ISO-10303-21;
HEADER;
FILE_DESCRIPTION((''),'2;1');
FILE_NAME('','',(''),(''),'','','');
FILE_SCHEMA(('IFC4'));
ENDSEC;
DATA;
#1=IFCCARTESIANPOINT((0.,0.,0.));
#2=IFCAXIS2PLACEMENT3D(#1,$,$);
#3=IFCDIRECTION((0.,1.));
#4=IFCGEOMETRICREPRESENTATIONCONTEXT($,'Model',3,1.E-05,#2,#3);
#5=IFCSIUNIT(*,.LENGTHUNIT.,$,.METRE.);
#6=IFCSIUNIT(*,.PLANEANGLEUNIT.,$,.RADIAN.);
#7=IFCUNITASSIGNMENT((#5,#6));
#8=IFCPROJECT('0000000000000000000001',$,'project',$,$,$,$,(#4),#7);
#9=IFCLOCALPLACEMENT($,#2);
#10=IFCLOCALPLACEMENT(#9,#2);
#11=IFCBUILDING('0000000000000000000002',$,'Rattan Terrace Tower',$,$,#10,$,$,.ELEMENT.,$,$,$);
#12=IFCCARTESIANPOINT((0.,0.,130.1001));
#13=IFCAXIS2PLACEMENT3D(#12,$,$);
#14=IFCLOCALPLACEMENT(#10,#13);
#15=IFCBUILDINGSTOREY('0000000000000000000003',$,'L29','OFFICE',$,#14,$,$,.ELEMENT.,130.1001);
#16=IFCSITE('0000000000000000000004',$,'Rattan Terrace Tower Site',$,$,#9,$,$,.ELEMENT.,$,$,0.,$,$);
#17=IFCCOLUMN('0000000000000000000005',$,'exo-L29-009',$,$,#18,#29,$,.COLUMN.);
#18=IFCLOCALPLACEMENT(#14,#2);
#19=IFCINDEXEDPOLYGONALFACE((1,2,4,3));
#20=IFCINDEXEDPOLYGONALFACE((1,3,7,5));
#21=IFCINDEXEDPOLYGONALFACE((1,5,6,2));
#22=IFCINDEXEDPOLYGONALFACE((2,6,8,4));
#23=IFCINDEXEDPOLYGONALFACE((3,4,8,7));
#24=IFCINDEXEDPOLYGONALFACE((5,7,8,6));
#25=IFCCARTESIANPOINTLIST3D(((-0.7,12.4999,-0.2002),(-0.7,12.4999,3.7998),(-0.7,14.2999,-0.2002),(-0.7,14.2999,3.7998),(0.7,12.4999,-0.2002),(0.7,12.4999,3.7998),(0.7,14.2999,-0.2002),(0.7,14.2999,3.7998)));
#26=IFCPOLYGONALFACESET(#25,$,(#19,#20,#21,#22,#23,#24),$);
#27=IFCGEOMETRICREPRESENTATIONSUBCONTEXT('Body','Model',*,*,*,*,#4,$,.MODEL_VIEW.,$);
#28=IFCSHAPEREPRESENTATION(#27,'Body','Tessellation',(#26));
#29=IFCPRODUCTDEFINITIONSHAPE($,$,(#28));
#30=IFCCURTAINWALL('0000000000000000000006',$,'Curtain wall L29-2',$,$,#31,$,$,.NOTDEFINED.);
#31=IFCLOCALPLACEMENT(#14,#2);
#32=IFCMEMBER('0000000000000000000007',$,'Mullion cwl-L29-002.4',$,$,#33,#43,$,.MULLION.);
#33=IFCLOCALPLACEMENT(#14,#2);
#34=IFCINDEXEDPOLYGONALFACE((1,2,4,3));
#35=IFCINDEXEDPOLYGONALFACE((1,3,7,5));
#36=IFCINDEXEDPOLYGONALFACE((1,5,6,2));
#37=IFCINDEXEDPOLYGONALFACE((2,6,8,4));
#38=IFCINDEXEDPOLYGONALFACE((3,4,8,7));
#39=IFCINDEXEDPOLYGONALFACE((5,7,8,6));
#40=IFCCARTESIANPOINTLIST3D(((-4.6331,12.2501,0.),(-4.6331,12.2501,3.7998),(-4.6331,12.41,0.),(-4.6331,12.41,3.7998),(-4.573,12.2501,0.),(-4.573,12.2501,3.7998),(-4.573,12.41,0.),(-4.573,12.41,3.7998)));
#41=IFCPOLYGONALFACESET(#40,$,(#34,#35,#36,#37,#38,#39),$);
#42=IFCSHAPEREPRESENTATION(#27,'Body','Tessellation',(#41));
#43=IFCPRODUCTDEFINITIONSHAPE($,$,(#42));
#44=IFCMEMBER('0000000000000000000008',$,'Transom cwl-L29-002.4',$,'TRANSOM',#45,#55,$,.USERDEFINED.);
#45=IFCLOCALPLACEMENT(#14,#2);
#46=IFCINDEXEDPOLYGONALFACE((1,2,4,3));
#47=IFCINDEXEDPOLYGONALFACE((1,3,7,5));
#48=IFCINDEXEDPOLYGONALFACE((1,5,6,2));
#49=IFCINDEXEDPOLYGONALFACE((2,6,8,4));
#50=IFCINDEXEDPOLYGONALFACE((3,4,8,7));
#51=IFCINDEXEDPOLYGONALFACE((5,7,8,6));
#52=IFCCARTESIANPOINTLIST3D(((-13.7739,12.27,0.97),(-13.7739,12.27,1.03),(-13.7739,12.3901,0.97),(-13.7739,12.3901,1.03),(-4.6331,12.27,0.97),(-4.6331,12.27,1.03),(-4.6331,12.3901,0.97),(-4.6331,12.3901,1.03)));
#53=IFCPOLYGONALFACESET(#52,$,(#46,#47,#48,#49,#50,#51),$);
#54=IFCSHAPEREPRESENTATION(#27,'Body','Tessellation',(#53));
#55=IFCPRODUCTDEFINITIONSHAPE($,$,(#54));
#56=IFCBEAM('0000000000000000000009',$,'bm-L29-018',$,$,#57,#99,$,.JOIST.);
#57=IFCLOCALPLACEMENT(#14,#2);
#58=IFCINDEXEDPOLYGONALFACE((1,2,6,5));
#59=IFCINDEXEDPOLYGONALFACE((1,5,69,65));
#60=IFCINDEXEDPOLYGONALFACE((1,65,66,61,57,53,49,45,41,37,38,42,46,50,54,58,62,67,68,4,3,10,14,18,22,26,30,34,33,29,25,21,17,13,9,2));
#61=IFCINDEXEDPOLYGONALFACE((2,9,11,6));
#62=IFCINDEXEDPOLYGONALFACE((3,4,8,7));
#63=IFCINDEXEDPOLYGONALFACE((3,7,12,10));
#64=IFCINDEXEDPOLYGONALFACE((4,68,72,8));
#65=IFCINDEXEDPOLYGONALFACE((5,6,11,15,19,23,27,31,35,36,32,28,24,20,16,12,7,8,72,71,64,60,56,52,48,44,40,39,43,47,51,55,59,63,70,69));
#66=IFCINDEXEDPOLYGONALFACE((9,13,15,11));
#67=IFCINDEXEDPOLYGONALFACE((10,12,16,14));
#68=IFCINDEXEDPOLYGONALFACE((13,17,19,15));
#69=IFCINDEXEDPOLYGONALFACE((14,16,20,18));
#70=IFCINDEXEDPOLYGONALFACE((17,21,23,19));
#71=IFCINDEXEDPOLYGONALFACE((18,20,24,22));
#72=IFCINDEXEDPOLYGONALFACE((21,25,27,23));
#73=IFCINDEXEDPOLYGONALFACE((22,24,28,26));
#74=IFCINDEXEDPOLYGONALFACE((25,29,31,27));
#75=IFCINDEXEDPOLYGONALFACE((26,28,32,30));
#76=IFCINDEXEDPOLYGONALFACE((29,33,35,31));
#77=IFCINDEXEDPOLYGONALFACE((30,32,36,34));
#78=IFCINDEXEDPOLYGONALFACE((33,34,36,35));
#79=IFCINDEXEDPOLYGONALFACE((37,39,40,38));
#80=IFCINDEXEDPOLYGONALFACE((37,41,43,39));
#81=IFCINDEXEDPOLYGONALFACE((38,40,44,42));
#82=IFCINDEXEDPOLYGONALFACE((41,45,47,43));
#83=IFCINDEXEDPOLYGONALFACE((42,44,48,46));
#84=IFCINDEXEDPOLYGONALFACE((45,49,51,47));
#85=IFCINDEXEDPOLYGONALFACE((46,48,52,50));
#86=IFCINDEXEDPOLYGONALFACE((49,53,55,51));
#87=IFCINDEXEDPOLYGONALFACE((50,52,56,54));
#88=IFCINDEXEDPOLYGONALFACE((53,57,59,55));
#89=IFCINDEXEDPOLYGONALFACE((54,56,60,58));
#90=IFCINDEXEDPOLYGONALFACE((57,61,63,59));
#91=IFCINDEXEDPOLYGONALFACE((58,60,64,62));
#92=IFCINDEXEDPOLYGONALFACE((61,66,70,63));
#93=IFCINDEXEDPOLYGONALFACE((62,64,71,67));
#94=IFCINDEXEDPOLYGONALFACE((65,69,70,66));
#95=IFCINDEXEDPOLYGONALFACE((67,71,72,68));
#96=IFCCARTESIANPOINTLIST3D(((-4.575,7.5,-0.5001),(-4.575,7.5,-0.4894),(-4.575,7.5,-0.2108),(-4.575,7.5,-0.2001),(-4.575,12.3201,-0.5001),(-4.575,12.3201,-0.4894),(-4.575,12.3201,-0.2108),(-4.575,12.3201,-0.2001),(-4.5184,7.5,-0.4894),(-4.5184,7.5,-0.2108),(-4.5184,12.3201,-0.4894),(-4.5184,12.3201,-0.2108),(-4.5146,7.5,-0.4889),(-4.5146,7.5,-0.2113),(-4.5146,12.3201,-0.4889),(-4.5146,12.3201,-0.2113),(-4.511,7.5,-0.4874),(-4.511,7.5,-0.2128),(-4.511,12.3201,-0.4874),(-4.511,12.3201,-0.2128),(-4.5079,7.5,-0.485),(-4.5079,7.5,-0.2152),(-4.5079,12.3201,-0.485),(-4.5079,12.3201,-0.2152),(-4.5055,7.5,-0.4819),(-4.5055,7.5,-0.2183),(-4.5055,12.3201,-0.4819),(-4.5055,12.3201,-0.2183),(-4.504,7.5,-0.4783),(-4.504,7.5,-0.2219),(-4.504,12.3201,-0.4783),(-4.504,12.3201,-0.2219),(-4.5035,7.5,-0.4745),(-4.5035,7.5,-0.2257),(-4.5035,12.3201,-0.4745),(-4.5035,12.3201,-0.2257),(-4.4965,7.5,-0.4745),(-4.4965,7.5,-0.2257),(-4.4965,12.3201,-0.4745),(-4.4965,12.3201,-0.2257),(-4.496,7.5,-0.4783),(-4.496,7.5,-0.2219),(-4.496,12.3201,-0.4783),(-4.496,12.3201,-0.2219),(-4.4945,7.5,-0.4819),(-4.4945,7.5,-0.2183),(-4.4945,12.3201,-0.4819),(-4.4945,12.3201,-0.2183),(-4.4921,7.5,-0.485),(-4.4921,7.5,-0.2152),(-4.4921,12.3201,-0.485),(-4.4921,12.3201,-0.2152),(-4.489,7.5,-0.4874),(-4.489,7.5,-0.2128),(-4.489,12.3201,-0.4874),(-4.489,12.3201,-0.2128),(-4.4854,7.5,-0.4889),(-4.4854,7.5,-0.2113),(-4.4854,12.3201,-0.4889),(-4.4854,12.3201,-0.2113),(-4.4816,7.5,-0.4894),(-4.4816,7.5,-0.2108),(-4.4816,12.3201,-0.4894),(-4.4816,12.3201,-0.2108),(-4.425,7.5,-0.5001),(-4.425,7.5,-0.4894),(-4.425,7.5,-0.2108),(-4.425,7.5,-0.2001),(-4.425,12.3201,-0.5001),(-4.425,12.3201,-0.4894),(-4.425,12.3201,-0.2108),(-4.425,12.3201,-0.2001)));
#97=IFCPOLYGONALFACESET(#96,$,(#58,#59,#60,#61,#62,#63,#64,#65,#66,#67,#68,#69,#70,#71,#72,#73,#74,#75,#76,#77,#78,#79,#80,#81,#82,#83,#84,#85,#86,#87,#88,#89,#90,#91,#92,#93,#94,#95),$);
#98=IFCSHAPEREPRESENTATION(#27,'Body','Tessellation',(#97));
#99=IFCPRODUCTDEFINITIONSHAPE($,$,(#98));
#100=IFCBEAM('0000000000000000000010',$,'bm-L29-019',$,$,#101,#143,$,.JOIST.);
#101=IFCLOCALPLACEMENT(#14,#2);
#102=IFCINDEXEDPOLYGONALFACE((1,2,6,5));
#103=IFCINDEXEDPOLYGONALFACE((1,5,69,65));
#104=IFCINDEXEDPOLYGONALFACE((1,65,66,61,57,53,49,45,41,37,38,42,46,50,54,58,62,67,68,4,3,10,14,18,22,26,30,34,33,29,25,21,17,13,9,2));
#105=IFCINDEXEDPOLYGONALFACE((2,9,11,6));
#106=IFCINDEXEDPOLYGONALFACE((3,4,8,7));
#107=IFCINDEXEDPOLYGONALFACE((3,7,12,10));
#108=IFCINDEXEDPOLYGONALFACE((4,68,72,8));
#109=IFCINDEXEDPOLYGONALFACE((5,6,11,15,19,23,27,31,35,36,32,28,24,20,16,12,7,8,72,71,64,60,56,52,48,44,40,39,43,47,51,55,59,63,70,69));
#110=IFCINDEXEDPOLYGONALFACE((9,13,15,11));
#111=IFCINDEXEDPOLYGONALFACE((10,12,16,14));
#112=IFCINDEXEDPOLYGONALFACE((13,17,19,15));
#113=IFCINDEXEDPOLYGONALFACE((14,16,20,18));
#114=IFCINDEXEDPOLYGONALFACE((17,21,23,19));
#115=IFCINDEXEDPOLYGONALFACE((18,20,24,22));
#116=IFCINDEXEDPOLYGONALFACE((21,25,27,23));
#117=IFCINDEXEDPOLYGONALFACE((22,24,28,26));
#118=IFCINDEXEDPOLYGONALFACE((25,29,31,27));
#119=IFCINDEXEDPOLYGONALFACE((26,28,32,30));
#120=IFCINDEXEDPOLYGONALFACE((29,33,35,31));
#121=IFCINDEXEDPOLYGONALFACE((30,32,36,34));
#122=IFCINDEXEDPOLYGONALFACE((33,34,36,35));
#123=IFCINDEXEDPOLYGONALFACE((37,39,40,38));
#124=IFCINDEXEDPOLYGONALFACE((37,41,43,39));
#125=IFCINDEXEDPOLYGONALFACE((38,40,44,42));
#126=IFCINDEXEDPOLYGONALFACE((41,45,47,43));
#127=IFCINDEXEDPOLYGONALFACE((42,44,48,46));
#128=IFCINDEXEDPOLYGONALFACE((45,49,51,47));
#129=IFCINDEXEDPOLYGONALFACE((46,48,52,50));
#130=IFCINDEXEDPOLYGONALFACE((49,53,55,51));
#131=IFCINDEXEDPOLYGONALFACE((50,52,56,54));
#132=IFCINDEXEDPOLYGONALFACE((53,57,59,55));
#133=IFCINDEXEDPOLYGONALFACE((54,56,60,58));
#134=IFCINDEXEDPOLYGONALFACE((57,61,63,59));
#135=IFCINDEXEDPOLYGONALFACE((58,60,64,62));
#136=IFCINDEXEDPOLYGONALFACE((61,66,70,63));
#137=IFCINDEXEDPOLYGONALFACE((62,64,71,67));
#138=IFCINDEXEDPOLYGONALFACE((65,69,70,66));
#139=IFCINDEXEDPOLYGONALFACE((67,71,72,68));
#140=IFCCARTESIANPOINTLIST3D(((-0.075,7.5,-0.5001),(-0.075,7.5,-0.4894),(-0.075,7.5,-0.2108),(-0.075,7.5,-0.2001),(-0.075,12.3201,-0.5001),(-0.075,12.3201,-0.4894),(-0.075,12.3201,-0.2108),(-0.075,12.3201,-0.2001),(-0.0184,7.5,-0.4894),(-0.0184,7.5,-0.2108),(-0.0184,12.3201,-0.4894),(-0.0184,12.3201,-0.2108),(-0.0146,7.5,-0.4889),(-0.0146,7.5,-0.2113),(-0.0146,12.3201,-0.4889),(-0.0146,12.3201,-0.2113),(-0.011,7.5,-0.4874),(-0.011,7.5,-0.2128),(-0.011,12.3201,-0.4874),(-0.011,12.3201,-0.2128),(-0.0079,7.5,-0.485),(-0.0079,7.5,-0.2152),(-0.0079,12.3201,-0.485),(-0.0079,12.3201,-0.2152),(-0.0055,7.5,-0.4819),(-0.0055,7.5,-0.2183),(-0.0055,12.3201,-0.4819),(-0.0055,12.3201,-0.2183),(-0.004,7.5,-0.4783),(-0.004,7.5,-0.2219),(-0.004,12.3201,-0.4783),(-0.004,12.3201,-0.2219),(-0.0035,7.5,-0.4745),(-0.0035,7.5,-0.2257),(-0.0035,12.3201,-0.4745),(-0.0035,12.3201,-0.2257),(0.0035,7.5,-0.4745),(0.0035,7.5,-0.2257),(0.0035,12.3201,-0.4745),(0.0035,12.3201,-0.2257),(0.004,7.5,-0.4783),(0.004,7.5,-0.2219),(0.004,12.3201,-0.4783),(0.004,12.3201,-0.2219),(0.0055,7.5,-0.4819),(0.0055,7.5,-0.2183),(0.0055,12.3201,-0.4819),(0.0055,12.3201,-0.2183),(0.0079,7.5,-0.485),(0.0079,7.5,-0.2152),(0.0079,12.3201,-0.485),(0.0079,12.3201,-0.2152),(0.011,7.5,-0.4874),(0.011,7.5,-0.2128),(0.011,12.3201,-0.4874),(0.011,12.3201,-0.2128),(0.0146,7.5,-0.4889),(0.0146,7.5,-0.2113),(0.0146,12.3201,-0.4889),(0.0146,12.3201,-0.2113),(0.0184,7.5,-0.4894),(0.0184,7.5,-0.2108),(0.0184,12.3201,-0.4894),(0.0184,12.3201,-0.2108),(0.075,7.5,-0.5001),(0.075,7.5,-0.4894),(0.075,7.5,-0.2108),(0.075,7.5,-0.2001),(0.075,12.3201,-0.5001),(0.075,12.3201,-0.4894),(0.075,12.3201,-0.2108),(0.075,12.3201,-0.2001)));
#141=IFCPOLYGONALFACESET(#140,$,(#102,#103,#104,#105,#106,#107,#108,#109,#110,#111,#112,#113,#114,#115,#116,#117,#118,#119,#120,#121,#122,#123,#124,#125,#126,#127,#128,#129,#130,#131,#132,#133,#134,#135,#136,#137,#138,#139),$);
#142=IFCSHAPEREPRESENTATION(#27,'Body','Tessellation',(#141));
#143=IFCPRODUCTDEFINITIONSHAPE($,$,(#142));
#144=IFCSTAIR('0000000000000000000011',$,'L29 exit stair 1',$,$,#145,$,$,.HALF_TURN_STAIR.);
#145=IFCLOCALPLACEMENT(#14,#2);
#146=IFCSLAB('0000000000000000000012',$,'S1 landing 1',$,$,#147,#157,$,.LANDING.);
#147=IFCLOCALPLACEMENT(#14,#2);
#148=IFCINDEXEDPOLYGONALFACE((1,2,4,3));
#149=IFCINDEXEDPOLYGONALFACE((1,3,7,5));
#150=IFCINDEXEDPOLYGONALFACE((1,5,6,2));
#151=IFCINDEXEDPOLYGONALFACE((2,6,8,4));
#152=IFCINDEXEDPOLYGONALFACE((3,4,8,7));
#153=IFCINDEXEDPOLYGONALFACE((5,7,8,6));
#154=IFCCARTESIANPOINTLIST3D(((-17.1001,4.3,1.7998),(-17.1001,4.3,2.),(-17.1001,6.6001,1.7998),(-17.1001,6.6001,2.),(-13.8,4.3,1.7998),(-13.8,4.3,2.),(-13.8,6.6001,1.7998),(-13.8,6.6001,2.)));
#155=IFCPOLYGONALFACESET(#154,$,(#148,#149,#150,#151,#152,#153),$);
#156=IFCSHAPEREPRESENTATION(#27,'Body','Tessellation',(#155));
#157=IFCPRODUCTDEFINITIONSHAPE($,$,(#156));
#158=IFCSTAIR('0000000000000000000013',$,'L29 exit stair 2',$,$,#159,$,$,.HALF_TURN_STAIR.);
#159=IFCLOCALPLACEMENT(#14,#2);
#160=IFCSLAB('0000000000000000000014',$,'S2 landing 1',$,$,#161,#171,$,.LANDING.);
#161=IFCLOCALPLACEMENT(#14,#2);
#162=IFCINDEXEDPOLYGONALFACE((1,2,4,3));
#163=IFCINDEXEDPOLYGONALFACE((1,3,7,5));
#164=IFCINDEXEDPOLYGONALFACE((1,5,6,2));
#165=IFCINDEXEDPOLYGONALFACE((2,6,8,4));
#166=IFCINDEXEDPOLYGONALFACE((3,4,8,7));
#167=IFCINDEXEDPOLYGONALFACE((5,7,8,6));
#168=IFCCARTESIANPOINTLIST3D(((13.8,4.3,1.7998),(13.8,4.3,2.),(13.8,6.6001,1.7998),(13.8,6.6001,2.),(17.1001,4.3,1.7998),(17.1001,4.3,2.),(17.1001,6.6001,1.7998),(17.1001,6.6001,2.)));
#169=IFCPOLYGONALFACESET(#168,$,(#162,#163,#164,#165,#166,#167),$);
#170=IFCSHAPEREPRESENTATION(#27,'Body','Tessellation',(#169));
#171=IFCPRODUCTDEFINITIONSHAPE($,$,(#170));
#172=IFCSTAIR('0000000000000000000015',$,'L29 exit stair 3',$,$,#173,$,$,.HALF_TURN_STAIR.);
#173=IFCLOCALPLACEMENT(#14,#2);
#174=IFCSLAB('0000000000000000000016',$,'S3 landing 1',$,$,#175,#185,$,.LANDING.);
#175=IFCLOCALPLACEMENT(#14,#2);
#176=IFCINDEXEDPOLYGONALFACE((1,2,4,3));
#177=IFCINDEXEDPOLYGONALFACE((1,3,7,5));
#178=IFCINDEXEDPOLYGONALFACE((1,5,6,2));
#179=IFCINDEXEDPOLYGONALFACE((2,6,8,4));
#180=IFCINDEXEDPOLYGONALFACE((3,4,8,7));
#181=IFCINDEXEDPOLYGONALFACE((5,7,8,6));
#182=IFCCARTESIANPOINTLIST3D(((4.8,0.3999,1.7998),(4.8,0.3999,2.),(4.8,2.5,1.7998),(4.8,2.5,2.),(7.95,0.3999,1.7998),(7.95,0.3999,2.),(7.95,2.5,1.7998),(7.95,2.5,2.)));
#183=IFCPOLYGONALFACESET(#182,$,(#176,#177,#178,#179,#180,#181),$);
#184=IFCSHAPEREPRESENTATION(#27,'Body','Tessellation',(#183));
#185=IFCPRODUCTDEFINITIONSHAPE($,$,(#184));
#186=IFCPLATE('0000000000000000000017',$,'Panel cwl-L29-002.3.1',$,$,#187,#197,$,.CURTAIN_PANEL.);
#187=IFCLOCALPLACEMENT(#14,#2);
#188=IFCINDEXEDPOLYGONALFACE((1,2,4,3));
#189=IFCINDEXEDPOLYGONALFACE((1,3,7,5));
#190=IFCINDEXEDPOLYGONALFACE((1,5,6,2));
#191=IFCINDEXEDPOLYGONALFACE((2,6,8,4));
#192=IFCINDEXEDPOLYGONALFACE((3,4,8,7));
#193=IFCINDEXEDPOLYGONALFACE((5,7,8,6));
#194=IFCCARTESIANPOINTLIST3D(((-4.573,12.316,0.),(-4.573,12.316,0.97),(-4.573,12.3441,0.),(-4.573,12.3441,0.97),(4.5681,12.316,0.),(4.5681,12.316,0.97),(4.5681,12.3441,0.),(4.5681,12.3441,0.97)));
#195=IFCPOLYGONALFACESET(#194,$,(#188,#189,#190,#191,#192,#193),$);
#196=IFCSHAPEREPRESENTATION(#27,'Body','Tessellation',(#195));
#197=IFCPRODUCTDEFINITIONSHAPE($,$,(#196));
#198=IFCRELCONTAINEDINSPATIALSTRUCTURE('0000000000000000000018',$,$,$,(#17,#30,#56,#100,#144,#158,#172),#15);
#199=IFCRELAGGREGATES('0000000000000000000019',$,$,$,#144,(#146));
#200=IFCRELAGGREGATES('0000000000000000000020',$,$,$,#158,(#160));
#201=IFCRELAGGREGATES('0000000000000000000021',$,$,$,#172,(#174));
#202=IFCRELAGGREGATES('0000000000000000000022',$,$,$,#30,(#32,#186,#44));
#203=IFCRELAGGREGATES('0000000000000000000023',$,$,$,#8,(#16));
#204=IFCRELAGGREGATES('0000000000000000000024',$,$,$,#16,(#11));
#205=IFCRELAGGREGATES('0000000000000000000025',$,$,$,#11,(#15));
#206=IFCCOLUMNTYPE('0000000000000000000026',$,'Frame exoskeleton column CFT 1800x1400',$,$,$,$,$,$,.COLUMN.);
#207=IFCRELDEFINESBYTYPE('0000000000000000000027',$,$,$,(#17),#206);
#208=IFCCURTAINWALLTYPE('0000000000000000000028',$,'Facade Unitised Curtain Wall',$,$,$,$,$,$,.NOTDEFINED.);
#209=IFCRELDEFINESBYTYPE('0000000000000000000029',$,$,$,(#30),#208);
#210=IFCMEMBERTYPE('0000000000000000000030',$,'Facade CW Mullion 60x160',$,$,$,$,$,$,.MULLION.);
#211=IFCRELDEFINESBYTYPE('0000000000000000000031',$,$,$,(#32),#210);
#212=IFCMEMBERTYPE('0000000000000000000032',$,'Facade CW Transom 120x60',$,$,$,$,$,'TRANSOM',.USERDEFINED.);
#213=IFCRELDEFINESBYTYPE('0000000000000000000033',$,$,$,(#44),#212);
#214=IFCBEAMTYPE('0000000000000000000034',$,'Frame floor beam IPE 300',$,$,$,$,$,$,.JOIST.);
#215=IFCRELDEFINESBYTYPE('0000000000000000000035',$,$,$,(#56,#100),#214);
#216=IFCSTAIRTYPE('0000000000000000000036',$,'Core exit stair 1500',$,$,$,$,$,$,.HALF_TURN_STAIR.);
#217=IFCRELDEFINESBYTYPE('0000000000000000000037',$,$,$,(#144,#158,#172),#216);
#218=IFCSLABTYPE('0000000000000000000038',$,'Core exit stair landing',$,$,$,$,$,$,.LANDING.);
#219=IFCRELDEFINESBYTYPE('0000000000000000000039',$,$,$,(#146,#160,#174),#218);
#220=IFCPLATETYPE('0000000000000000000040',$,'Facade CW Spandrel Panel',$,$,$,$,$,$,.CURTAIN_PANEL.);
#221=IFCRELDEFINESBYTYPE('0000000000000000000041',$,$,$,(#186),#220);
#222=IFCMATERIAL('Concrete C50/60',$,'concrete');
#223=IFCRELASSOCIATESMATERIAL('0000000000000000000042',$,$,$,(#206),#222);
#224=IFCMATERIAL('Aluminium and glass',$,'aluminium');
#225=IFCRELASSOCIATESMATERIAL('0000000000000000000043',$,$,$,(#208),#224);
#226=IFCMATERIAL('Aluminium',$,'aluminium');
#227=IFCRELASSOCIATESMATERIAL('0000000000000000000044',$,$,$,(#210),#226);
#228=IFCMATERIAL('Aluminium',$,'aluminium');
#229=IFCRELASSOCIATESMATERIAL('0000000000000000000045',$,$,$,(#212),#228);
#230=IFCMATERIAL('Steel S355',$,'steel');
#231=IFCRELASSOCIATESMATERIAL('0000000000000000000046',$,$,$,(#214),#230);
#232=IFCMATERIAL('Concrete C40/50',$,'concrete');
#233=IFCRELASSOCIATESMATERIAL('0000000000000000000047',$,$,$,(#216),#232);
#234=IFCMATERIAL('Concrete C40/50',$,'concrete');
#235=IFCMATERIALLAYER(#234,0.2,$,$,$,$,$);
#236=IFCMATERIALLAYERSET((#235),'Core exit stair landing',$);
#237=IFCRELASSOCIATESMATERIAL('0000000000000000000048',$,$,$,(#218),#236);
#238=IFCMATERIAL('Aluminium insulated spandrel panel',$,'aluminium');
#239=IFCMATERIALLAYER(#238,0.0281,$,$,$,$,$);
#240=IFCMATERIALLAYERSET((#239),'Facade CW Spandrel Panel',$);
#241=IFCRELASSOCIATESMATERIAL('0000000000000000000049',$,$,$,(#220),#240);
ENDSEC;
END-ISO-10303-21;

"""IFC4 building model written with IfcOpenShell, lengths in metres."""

from ifc_helpers import new_model, si_unit, direction, frame, origin, origin_2d, place, context, subcontext, project, spatial, polyline, rectangle, i_section, outline, extrude, material, layer, layer_set, material_profile, profile_set, type_object, element, aggregate, save


model = new_model("IFC4")

# Units and contexts
model_context = context("Model", 3, precision=1e-05, world=origin(), true_north=direction((0.0, 1.0)))
body_context = subcontext(model_context, "Body", "Model", "MODEL_VIEW")
ifc_project = project(units=[si_unit("LENGTHUNIT", "METRE"), si_unit("PLANEANGLEUNIT", "RADIAN")], contexts=[model_context])

# Site, building, storey
site_placement = place(None, origin())
site = spatial("IfcSite", under=ifc_project, at=site_placement, Name="Rattan Terrace Tower Site", CompositionType="ELEMENT", RefElevation=0.0)
building_placement = place(site_placement, origin())
building = spatial("IfcBuilding", under=site, at=building_placement, Name="Rattan Terrace Tower", CompositionType="ELEMENT")
storey_placement = place(building_placement, frame((0.0, 0.0, 130.1001)))
storey = spatial("IfcBuildingStorey", under=building, at=storey_placement, Name="L29", Description="OFFICE", CompositionType="ELEMENT", Elevation=130.1001)

# Column
ifc_material_1 = material(Name="Concrete C50/60", Category="concrete")
ifc_material_profile_1 = material_profile(ifc_material_1, rectangle(XDim=1.3999, YDim=1.8, at=origin_2d()), Name="CFT 1800x1400")
ifc_profile_set_1 = profile_set([ifc_material_profile_1], Name="Concrete C50/60")
column_type = type_object("IfcColumnType", Name="Frame exoskeleton column CFT 1800x1400", PredefinedType="COLUMN", material=ifc_profile_set_1)
column_placement = place(storey_placement, frame((0.0, 13.3999, -0.2002), z_axis=(0.0, 0.0, 1.0), x_axis=(1.0, 0.0, 0.0)))
element("IfcColumn", 1, at=column_placement, inside=storey, type_object=column_type, Name="exo-L29-009", PredefinedType="COLUMN", context=body_context, shape_type="SweptSolid", body=[
    extrude(rectangle(XDim=1.3999, YDim=1.8, at=origin_2d()), origin(), (0.0, 0.0, 1.0), 4.0),
])

# Curtain wall, members
ifc_material_2 = material(Name="Aluminium and glass", Category="aluminium")
curtain_wall_type = type_object("IfcCurtainWallType", Name="Facade Unitised Curtain Wall", PredefinedType="NOTDEFINED", material=ifc_material_2)
curtain_wall_placement = place(storey_placement, origin())
curtain_wall = element("IfcCurtainWall", 2, at=curtain_wall_placement, inside=storey, type_object=curtain_wall_type, Name="Curtain wall L29-2", PredefinedType="NOTDEFINED")
ifc_material_3 = material(Name="Aluminium", Category="aluminium")
ifc_material_profile_2 = material_profile(ifc_material_3, rectangle(XDim=0.0601, YDim=0.1599, at=origin_2d()), Name="Aluminium 60x160")
ifc_profile_set_2 = profile_set([ifc_material_profile_2], Name="Aluminium")
member_type_1 = type_object("IfcMemberType", Name="Facade CW Mullion 60x160", PredefinedType="MULLION", material=ifc_profile_set_2)
member_1_placement = place(storey_placement, frame((-4.603, 12.3301, 0.0), z_axis=(0.0, 0.0, 1.0), x_axis=(-1.0, 0.0, 0.0)))
member_1 = element("IfcMember", 3, at=member_1_placement, type_object=member_type_1, Name="Mullion cwl-L29-002.4", PredefinedType="MULLION", context=body_context, shape_type="SweptSolid", body=[
    extrude(rectangle(XDim=0.0601, YDim=0.1599, at=origin_2d()), origin(), (0.0, 0.0, 1.0), 3.7998),
])
ifc_material_4 = material(Name="Aluminium", Category="aluminium")
ifc_material_profile_3 = material_profile(ifc_material_4, rectangle(XDim=0.1201, YDim=0.0601, at=origin_2d()), Name="Aluminium 120x60")
ifc_profile_set_3 = profile_set([ifc_material_profile_3], Name="Aluminium")
member_type_2 = type_object("IfcMemberType", Name="Facade CW Transom 120x60", ElementType="TRANSOM", PredefinedType="USERDEFINED", material=ifc_profile_set_3)
member_2_placement = place(storey_placement, frame((-4.6331, 12.3301, 1.0), z_axis=(-1.0, 0.0, 0.0), x_axis=(0.0, -1.0, 0.0)))
member_2 = element("IfcMember", 4, at=member_2_placement, type_object=member_type_2, Name="Transom cwl-L29-002.4", ObjectType="TRANSOM", PredefinedType="USERDEFINED", context=body_context, shape_type="SweptSolid", body=[
    extrude(rectangle(XDim=0.1201, YDim=0.0601, at=origin_2d()), origin(), (0.0, 0.0, 1.0), 9.1409),
])

# Beams
ifc_material_5 = material(Name="Steel S355", Category="steel")
ifc_material_profile_4 = material_profile(ifc_material_5, i_section(OverallWidth=0.1499, OverallDepth=0.3, WebThickness=0.0071, FlangeThickness=0.0107, FilletRadius=0.0149, at=origin_2d()), Name="IPE 300")
ifc_profile_set_4 = profile_set([ifc_material_profile_4], Name="Steel S355")
beam_type = type_object("IfcBeamType", Name="Frame floor beam IPE 300", PredefinedType="JOIST", material=ifc_profile_set_4)
for number, where, z_axis, x_axis, name in (
    (5, (-4.5, 7.5, -0.3501), (0.0, 1.0, 0.0), (-1.0, 0.0, 0.0), "bm-L29-018"),
    (6, (0.0, 7.5, -0.3501), (0.0, 1.0, 0.0), (-1.0, 0.0, 0.0), "bm-L29-019"),
):
    element("IfcBeam", number, at=place(storey_placement, frame(where, z_axis=z_axis, x_axis=x_axis)), inside=storey, type_object=beam_type, Name=name, PredefinedType="JOIST", context=body_context, shape_type="SweptSolid", body=[
        extrude(i_section(OverallWidth=0.1499, OverallDepth=0.3, WebThickness=0.0071, FlangeThickness=0.0107, FilletRadius=0.0149, at=origin_2d()), origin(), (0.0, 0.0, 1.0), 4.8201),
    ])

# Stairs, slabs
ifc_material_6 = material(Name="Concrete C40/50", Category="concrete")
stair_type = type_object("IfcStairType", Name="Core exit stair 1500", PredefinedType="HALF_TURN_STAIR", material=ifc_material_6)
stair_1_placement = place(storey_placement, origin())
stair_1 = element("IfcStair", 7, at=stair_1_placement, inside=storey, type_object=stair_type, Name="L29 exit stair 1", PredefinedType="HALF_TURN_STAIR")
ifc_material_7 = material(Name="Concrete C40/50", Category="concrete")
ifc_layer_1 = layer(ifc_material_7, 0.2)
ifc_layer_set_1 = layer_set([ifc_layer_1], Name="Core exit stair landing")
slab_type_1 = type_object("IfcSlabType", Name="Core exit stair landing", PredefinedType="LANDING", material=ifc_layer_set_1)
slab_1_placement = place(storey_placement, frame((0.0, 0.0, 1.7998)))
slab_1 = element("IfcSlab", 8, at=slab_1_placement, type_object=slab_type_1, Name="S1 landing 1", PredefinedType="LANDING", context=body_context, shape_type="SweptSolid", body=[
    extrude(outline(polyline([(-13.8, 4.3), (-13.8, 6.6001), (-17.1001, 6.6001), (-17.1001, 4.3), (-13.8, 4.3)])), origin(), (0.0, 0.0, 1.0), 0.2002),
])
aggregate(stair_1, [slab_1])
stair_2_placement = place(storey_placement, origin())
stair_2 = element("IfcStair", 9, at=stair_2_placement, inside=storey, type_object=stair_type, Name="L29 exit stair 2", PredefinedType="HALF_TURN_STAIR")
slab_2_placement = place(storey_placement, frame((0.0, 0.0, 1.7998)))
slab_2 = element("IfcSlab", 10, at=slab_2_placement, type_object=slab_type_1, Name="S2 landing 1", PredefinedType="LANDING", context=body_context, shape_type="SweptSolid", body=[
    extrude(outline(polyline([(17.1001, 4.3), (17.1001, 6.6001), (13.8, 6.6001), (13.8, 4.3), (17.1001, 4.3)])), origin(), (0.0, 0.0, 1.0), 0.2002),
])
aggregate(stair_2, [slab_2])
stair_3_placement = place(storey_placement, origin())
stair_3 = element("IfcStair", 11, at=stair_3_placement, inside=storey, type_object=stair_type, Name="L29 exit stair 3", PredefinedType="HALF_TURN_STAIR")
slab_3_placement = place(storey_placement, frame((0.0, 0.0, 1.7998)))
slab_3 = element("IfcSlab", 12, at=slab_3_placement, type_object=slab_type_1, Name="S3 landing 1", PredefinedType="LANDING", context=body_context, shape_type="SweptSolid", body=[
    extrude(outline(polyline([(4.8, 2.5), (4.8, 0.3999), (7.95, 0.3999), (7.95, 2.5), (4.8, 2.5)])), origin(), (0.0, 0.0, 1.0), 0.2002),
])
aggregate(stair_3, [slab_3])

# Plate
ifc_material_8 = material(Name="Aluminium insulated spandrel panel", Category="aluminium")
ifc_layer_2 = layer(ifc_material_8, 0.0281)
ifc_layer_set_2 = layer_set([ifc_layer_2], Name="Facade CW Spandrel Panel")
plate_type_1 = type_object("IfcPlateType", Name="Facade CW Spandrel Panel", PredefinedType="CURTAIN_PANEL", material=ifc_layer_set_2)
plate_1_placement = place(storey_placement, frame((-0.0024, 12.3301, 0.0), z_axis=(0.0, 0.0, 1.0), x_axis=(-1.0, 0.0, 0.0)))
plate_1 = element("IfcPlate", 13, at=plate_1_placement, type_object=plate_type_1, Name="Panel cwl-L29-002.3.1", PredefinedType="CURTAIN_PANEL", context=body_context, shape_type="SweptSolid", body=[
    extrude(rectangle(XDim=9.1411, YDim=0.0281, at=origin_2d()), origin(), (0.0, 0.0, 1.0), 0.97),
])
aggregate(curtain_wall, [member_1, plate_1, member_2])

save(model, "model.ifc")
